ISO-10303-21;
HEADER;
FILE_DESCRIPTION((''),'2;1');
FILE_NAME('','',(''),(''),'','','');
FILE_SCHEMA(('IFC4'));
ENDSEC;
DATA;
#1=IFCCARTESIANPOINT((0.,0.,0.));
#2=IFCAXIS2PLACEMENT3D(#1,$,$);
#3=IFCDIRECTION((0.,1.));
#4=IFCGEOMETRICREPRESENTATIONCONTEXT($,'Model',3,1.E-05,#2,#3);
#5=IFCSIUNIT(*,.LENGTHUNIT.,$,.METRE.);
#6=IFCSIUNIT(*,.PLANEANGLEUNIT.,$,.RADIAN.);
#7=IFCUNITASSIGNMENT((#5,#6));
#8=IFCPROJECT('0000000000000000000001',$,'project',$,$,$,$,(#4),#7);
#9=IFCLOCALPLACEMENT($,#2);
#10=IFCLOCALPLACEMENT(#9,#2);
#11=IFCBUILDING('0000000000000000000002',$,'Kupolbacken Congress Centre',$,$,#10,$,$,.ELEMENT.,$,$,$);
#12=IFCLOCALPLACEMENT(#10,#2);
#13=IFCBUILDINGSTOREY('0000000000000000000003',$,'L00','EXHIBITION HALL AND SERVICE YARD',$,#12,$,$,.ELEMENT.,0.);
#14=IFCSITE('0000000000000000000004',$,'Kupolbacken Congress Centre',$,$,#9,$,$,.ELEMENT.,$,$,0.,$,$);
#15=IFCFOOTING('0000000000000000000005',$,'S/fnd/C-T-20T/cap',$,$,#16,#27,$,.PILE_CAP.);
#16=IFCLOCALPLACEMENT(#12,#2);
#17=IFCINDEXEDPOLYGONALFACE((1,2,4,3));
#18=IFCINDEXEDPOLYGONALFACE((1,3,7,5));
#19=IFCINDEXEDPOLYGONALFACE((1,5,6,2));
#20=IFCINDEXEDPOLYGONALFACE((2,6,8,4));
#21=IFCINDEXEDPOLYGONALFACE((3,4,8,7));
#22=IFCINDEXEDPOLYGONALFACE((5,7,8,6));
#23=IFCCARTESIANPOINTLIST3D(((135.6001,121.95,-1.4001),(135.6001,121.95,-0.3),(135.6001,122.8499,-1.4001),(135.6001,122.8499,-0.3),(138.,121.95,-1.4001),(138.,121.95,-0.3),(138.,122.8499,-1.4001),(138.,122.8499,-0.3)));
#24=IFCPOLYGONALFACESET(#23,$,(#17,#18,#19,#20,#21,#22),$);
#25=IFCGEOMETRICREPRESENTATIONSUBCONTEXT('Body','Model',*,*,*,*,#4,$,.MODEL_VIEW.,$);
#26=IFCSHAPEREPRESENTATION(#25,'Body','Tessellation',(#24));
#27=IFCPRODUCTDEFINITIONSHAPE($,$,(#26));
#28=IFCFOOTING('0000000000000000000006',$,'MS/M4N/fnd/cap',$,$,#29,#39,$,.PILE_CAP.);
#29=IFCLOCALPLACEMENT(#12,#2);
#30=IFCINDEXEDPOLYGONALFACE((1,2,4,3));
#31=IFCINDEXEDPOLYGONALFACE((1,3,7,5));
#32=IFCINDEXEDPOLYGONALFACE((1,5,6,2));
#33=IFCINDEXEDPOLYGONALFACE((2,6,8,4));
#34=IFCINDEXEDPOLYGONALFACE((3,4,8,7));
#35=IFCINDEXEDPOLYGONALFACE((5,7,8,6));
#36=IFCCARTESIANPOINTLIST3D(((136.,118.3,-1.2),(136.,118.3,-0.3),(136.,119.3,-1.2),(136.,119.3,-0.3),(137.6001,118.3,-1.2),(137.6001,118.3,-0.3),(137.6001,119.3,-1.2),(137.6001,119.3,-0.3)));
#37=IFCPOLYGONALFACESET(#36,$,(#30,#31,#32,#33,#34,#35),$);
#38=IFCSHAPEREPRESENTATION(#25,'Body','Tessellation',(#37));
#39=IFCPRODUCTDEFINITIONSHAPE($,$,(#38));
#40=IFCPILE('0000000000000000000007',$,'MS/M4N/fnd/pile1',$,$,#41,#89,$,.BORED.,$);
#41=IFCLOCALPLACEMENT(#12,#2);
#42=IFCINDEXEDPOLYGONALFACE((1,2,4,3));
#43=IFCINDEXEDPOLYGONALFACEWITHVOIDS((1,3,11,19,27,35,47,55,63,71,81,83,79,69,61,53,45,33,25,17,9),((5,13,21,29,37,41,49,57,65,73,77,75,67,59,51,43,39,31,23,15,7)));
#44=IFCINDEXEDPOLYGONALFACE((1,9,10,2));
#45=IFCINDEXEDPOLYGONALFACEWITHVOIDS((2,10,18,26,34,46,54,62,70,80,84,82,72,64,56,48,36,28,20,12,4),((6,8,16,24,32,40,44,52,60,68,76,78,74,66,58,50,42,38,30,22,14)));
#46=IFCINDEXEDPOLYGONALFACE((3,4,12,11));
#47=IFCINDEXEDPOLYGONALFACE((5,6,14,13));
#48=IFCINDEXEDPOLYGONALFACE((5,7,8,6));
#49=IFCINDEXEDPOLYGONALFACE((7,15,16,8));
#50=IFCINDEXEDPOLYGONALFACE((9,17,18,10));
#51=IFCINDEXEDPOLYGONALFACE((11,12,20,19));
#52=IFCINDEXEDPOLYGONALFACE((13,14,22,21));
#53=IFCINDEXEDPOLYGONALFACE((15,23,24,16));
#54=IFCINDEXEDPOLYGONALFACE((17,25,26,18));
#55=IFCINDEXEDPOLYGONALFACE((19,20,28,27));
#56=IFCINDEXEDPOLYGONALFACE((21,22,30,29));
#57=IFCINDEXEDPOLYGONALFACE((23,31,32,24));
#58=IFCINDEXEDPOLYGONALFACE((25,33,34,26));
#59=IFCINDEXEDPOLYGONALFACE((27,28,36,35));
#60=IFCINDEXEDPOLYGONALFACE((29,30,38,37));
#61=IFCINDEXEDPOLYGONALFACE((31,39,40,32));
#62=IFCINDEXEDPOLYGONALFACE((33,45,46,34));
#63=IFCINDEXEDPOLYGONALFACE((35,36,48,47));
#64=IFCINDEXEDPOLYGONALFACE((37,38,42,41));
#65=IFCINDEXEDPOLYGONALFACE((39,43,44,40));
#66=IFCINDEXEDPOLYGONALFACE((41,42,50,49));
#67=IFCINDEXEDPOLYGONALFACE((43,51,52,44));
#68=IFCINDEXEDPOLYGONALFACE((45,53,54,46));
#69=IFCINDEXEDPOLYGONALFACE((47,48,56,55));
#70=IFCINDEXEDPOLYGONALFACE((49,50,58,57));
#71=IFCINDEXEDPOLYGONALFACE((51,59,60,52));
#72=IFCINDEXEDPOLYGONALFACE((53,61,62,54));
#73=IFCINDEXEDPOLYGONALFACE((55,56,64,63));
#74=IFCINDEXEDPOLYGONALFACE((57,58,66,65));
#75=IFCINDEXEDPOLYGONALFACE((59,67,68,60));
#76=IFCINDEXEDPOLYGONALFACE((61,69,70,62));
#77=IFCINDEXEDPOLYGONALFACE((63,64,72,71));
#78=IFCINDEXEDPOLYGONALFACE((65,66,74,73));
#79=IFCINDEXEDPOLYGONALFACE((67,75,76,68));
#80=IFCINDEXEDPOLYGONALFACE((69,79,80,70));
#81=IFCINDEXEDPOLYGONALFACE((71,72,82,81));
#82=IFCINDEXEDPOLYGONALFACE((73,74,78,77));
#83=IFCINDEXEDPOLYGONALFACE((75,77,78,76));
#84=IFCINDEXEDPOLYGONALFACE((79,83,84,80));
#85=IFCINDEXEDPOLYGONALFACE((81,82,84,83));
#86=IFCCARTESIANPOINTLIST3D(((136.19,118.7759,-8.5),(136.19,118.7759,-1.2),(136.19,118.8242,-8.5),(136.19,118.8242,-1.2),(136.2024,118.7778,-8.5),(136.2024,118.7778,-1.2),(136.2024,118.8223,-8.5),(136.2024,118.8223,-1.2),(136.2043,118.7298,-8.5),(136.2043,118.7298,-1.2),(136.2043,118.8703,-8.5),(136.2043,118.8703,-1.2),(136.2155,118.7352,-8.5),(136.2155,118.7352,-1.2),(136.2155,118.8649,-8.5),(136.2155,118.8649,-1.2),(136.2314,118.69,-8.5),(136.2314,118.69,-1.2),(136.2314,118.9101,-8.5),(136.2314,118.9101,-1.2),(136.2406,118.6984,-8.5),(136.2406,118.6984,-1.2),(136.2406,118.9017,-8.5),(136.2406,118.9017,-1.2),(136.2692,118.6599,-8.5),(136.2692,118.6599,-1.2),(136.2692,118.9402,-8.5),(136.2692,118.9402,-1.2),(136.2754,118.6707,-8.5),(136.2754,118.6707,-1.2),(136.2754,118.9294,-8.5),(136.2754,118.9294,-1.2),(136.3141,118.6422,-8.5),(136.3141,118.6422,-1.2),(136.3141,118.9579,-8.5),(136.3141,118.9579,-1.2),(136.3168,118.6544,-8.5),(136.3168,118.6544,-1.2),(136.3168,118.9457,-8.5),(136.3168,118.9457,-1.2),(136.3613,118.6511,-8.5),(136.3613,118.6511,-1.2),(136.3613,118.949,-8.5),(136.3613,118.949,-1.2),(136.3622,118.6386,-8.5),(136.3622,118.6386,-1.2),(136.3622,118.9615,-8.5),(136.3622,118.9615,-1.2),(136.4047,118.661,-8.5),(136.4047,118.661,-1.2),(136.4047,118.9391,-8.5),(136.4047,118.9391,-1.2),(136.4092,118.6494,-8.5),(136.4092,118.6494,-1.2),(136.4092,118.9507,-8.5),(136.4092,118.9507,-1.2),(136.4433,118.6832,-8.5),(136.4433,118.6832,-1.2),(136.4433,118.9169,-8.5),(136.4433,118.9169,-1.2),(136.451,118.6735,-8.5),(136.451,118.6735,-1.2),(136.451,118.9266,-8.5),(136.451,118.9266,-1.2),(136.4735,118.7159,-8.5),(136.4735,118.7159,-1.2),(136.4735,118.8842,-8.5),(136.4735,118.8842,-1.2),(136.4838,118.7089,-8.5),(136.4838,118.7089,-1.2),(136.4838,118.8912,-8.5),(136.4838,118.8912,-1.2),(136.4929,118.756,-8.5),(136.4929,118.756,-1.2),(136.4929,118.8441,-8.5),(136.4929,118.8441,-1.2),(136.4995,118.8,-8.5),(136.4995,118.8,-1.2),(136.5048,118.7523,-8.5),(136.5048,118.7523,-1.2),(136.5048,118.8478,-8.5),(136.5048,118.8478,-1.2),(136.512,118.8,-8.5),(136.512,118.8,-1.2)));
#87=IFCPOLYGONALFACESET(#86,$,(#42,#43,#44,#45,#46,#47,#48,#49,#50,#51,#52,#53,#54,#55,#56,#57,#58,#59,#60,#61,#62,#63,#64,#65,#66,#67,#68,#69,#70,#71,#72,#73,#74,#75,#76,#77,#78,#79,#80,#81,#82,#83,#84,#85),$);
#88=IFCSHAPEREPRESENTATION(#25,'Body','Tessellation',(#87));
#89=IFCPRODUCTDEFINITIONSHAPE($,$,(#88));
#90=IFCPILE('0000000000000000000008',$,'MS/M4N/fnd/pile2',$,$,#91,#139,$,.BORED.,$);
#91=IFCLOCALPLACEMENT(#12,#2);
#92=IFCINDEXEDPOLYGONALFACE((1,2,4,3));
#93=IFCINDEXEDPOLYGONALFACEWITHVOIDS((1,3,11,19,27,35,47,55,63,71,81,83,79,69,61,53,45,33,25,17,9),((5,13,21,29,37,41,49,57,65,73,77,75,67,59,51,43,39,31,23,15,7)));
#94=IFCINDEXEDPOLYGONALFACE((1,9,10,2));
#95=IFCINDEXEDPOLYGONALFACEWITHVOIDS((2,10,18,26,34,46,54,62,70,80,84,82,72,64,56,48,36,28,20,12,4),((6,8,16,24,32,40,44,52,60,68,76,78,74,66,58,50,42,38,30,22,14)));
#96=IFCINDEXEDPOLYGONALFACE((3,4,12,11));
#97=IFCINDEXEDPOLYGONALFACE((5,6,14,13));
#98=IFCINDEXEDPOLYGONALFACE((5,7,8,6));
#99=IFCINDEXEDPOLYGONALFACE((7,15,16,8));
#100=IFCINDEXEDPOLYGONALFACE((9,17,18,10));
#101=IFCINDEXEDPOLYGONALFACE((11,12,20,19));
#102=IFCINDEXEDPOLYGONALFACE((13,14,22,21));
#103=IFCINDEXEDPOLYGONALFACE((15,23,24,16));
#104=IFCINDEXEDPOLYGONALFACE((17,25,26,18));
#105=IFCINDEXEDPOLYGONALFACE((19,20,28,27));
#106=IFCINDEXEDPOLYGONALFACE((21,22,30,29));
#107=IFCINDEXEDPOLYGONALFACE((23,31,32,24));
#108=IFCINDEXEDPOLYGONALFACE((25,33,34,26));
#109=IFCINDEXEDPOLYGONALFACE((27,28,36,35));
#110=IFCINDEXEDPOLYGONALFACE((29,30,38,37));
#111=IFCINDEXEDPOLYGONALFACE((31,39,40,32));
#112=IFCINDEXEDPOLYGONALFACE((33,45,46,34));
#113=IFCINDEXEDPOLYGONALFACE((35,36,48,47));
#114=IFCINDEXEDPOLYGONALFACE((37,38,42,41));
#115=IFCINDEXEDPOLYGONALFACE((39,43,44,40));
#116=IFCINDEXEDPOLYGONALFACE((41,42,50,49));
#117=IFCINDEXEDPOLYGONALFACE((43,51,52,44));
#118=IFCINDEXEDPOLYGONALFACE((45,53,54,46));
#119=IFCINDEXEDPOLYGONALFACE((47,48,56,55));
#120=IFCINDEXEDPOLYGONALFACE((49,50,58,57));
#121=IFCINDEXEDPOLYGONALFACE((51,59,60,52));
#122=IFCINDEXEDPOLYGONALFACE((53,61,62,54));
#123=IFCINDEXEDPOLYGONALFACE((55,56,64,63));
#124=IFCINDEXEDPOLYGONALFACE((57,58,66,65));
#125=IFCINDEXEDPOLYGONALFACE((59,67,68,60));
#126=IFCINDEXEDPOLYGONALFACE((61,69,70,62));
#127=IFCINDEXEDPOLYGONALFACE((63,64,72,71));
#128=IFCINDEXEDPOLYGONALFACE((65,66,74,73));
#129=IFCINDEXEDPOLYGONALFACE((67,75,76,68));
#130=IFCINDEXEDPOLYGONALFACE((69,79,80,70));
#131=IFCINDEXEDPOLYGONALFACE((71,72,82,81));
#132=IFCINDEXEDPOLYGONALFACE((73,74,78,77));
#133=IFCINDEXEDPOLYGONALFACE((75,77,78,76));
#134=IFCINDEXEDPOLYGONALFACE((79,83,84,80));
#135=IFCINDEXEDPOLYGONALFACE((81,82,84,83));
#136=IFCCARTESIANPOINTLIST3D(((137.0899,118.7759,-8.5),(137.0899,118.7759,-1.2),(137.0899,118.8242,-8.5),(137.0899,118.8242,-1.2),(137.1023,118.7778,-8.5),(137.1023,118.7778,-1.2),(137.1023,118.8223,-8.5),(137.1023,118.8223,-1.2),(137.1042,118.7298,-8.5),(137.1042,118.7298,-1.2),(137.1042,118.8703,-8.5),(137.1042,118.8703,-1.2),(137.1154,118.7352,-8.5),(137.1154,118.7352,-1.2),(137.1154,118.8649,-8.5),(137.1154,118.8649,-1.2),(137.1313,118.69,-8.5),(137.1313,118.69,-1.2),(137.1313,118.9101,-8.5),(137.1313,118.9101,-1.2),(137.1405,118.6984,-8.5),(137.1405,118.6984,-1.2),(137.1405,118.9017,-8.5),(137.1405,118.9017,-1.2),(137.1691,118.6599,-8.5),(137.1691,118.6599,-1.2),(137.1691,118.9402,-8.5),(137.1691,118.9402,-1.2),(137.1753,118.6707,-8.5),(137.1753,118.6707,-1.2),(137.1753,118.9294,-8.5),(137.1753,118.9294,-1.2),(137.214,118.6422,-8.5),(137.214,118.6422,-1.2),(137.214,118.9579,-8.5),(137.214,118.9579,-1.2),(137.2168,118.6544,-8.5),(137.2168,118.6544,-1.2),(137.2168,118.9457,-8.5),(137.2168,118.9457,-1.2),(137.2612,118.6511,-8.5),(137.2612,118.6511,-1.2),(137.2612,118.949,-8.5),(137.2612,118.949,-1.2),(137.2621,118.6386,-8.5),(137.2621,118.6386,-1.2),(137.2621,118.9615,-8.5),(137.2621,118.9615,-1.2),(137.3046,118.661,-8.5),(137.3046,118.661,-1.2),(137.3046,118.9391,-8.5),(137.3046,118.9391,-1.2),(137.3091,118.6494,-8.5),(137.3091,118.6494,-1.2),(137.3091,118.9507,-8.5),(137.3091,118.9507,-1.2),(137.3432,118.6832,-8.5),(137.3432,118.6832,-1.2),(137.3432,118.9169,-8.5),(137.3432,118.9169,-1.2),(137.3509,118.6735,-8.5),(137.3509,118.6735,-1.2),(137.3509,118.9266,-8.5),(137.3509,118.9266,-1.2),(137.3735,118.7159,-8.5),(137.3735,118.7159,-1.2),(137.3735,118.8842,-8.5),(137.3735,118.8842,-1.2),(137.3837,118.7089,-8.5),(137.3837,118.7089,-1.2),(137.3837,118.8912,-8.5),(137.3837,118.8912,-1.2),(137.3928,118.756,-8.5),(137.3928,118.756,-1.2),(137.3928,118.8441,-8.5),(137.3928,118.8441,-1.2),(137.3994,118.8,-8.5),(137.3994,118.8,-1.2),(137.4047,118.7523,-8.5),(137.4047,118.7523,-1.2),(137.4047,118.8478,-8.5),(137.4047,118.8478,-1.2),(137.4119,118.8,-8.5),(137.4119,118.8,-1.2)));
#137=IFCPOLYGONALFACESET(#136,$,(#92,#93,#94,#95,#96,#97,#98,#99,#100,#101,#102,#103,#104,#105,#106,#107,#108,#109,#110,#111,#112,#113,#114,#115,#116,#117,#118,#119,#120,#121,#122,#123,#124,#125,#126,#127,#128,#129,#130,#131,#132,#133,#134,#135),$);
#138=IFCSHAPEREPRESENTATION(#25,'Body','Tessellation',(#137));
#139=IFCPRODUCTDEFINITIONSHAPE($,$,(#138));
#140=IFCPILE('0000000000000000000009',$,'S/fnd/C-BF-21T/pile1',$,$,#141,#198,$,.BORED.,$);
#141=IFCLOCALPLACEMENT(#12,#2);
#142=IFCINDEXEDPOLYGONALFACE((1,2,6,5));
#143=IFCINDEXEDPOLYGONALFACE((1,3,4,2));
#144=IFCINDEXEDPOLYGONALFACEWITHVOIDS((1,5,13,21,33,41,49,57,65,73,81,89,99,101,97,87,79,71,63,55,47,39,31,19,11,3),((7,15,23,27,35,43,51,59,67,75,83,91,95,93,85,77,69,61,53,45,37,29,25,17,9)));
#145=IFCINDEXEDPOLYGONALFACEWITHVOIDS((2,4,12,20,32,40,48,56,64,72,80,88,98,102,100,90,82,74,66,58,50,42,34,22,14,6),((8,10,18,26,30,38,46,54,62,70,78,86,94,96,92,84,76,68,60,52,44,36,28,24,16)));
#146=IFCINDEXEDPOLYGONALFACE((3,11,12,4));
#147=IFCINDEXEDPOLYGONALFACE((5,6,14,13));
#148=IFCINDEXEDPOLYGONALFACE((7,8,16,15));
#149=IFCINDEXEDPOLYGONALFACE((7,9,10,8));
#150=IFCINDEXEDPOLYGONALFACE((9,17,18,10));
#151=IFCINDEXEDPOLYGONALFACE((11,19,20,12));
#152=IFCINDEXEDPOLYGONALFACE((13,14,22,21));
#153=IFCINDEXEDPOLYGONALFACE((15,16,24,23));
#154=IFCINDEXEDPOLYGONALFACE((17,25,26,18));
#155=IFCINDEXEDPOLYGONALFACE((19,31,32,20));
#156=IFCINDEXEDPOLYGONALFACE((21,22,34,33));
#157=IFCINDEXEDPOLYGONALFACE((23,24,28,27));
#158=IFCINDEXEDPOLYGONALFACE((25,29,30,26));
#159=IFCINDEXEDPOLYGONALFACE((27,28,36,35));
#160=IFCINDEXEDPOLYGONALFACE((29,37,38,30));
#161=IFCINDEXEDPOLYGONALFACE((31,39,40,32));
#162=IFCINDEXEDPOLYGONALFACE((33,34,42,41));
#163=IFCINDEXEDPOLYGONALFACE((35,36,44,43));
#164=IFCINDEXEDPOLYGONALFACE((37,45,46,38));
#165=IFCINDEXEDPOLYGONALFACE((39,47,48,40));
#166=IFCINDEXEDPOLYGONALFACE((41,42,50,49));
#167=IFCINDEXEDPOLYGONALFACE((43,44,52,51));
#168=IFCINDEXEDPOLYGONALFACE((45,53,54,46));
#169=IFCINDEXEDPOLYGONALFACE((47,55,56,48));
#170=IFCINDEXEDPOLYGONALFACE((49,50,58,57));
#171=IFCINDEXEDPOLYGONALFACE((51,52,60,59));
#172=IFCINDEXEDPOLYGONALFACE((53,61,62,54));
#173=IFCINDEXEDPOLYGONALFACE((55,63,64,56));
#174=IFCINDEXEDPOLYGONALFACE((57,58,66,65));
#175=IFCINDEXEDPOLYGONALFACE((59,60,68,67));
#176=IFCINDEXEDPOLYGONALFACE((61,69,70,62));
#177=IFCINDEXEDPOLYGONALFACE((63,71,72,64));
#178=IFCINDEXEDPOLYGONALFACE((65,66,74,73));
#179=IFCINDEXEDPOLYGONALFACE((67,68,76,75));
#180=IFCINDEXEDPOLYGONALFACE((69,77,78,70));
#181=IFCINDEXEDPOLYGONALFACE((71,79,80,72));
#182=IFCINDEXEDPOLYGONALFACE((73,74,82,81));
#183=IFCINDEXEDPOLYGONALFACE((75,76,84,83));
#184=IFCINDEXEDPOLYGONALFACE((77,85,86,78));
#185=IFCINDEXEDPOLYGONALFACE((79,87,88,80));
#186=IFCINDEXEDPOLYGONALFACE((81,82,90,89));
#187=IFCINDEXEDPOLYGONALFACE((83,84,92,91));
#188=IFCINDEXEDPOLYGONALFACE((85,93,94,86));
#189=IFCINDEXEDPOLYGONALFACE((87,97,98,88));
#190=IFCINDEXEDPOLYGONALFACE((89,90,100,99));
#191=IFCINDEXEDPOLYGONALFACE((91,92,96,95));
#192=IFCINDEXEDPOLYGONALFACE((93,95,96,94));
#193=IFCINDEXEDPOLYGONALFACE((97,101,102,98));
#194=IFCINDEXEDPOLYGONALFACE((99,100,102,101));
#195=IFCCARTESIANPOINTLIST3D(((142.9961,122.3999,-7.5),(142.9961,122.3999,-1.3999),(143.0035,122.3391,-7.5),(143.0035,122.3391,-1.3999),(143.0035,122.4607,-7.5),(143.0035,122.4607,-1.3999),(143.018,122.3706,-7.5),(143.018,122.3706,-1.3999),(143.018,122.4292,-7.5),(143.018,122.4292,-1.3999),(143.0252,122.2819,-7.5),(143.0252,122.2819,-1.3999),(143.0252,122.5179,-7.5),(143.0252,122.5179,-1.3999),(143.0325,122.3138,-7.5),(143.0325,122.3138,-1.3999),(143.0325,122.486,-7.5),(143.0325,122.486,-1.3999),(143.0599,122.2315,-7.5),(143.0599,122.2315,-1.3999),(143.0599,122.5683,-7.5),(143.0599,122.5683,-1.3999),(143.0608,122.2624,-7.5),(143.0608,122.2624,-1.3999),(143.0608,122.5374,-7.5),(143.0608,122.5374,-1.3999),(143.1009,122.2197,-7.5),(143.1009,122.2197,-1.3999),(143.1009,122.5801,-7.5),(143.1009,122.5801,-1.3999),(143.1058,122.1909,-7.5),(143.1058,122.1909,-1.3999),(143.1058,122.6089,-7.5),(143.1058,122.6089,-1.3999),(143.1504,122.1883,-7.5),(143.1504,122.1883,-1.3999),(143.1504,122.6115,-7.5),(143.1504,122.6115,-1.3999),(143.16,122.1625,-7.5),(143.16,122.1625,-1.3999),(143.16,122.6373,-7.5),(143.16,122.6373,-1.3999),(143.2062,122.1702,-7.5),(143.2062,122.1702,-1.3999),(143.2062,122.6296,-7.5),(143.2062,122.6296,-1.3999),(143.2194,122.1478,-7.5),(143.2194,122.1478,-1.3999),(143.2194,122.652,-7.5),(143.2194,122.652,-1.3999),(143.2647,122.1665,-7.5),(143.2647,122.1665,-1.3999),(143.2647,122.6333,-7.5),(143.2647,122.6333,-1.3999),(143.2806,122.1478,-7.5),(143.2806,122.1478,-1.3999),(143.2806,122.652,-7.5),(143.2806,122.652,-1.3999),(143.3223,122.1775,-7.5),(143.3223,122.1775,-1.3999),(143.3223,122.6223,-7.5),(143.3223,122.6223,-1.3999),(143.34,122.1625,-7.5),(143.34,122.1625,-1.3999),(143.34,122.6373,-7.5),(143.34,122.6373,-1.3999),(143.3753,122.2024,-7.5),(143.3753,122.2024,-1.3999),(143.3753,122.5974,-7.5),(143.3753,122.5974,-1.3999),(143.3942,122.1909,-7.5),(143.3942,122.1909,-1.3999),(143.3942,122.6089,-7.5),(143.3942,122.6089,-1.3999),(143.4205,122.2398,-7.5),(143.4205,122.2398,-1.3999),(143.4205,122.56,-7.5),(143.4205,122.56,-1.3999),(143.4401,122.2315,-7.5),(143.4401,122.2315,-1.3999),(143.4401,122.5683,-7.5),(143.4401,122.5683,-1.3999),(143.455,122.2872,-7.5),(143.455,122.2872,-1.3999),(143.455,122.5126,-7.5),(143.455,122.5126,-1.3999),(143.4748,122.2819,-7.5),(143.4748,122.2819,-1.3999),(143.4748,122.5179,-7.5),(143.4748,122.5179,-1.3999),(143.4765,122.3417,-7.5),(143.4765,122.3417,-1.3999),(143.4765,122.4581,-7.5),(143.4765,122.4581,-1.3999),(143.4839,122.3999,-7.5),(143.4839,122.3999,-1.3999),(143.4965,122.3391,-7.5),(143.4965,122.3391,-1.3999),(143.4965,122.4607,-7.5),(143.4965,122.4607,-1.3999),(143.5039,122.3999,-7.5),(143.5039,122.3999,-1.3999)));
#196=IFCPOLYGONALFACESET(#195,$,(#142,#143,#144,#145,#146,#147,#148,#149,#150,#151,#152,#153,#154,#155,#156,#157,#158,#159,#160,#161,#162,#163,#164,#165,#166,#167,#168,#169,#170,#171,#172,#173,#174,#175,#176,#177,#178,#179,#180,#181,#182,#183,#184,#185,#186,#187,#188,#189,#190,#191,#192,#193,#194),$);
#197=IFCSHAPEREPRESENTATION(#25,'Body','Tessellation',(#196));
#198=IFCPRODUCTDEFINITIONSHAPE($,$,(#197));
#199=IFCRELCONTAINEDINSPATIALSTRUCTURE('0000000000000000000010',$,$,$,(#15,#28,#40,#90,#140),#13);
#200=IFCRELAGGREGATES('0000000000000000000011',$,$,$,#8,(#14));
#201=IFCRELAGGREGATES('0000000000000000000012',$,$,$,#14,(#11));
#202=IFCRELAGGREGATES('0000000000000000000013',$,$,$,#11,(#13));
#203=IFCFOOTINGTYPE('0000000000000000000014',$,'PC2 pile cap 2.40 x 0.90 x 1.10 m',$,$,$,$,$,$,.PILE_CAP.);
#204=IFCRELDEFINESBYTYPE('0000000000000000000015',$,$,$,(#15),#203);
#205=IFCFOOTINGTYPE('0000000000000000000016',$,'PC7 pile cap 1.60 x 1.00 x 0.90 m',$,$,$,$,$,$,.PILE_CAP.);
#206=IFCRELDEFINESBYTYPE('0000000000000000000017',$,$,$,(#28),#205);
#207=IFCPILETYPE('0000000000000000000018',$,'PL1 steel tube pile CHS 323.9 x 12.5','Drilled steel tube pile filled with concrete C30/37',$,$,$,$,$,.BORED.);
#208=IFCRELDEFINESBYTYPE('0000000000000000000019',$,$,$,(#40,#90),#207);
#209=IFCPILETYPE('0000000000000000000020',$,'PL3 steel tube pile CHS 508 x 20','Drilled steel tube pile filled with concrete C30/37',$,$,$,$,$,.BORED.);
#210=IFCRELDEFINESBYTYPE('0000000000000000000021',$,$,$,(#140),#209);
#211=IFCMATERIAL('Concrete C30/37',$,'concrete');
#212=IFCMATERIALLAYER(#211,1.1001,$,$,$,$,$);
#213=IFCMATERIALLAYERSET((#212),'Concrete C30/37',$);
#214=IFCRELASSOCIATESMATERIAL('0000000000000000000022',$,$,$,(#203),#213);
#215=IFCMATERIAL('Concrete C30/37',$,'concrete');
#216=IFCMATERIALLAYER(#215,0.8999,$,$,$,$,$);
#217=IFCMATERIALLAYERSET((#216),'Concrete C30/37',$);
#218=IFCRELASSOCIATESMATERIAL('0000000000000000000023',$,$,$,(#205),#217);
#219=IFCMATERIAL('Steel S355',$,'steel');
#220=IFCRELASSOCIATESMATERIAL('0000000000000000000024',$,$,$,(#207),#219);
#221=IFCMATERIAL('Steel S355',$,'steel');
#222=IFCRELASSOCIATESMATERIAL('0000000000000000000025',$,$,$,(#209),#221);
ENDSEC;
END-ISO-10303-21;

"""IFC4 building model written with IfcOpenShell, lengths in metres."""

from ifc_helpers import new_model, si_unit, direction, frame, origin, origin_2d, place, context, subcontext, project, spatial, rectangle, hollow_circle, extrude, material, layer, layer_set, material_profile, profile_set, type_object, element, save


model = new_model("IFC4")

# Units and contexts
model_context = context("Model", 3, precision=1e-05, world=origin(), true_north=direction((0.0, 1.0)))
body_context = subcontext(model_context, "Body", "Model", "MODEL_VIEW")
ifc_project = project(units=[si_unit("LENGTHUNIT", "METRE"), si_unit("PLANEANGLEUNIT", "RADIAN")], contexts=[model_context])

# Site, building, storey
site_placement = place(None, origin())
site = spatial("IfcSite", under=ifc_project, at=site_placement, Name="Kupolbacken Congress Centre", CompositionType="ELEMENT", RefElevation=0.0)
building_placement = place(site_placement, origin())
building = spatial("IfcBuilding", under=site, at=building_placement, Name="Kupolbacken Congress Centre", CompositionType="ELEMENT")
storey_placement = place(building_placement, origin())
storey = spatial("IfcBuildingStorey", under=building, at=storey_placement, Name="L00", Description="EXHIBITION HALL AND SERVICE YARD", CompositionType="ELEMENT", Elevation=0.0)

# Footings
ifc_material_1 = material(Name="Concrete C30/37", Category="concrete")
ifc_layer_1 = layer(ifc_material_1, 1.1001)
ifc_layer_set_1 = layer_set([ifc_layer_1], Name="Concrete C30/37")
footing_type_1 = type_object("IfcFootingType", Name="PC2 pile cap 2.40 x 0.90 x 1.10 m", PredefinedType="PILE_CAP", material=ifc_layer_set_1)
footing_1_placement = place(storey_placement, frame((136.8, 122.3999, -1.4001), z_axis=(0.0, 0.0, 1.0), x_axis=(1.0, 0.0, 0.0)))
element("IfcFooting", 1, at=footing_1_placement, inside=storey, type_object=footing_type_1, Name="S/fnd/C-T-20T/cap", PredefinedType="PILE_CAP", context=body_context, shape_type="SweptSolid", body=[
    extrude(rectangle(XDim=2.3999, YDim=0.8999, at=origin_2d()), origin(), (0.0, 0.0, 1.0), 1.1001),
])
ifc_material_2 = material(Name="Concrete C30/37", Category="concrete")
ifc_layer_2 = layer(ifc_material_2, 0.8999)
ifc_layer_set_2 = layer_set([ifc_layer_2], Name="Concrete C30/37")
footing_type_2 = type_object("IfcFootingType", Name="PC7 pile cap 1.60 x 1.00 x 0.90 m", PredefinedType="PILE_CAP", material=ifc_layer_set_2)
footing_2_placement = place(storey_placement, frame((136.8, 118.8, -1.2), z_axis=(0.0, 0.0, 1.0), x_axis=(1.0, 0.0, 0.0)))
element("IfcFooting", 2, at=footing_2_placement, inside=storey, type_object=footing_type_2, Name="MS/M4N/fnd/cap", PredefinedType="PILE_CAP", context=body_context, shape_type="SweptSolid", body=[
    extrude(rectangle(XDim=1.6001, YDim=1.0, at=origin_2d()), origin(), (0.0, 0.0, 1.0), 0.8999),
])

# Piles
ifc_material_3 = material(Name="Steel S355", Category="steel")
ifc_material_profile_1 = material_profile(ifc_material_3, hollow_circle(Radius=0.1619, WallThickness=0.0125, at=origin_2d()), Name="CHS 323.9 x 12.5")
ifc_profile_set_1 = profile_set([ifc_material_profile_1], Name="Steel S355")
pile_type_1 = type_object("IfcPileType", Name="PL1 steel tube pile CHS 323.9 x 12.5", Description="Drilled steel tube pile filled with concrete C30/37", PredefinedType="BORED", material=ifc_profile_set_1)
for number, where, z_axis, x_axis, name in (
    (3, (136.3501, 118.8, -1.2), (0.0, 0.0, -1.0), (1.0, 0.0, 0.0), "MS/M4N/fnd/pile1"),
    (4, (137.25, 118.8, -1.2), (0.0, 0.0, -1.0), (1.0, 0.0, 0.0), "MS/M4N/fnd/pile2"),
):
    element("IfcPile", number, at=place(storey_placement, frame(where, z_axis=z_axis, x_axis=x_axis)), inside=storey, type_object=pile_type_1, Name=name, PredefinedType="BORED", context=body_context, shape_type="SweptSolid", body=[
        extrude(hollow_circle(Radius=0.1619, WallThickness=0.0125, at=origin_2d()), origin(), (0.0, 0.0, 1.0), 7.3),
    ])
ifc_material_4 = material(Name="Steel S355", Category="steel")
ifc_material_profile_2 = material_profile(ifc_material_4, hollow_circle(Radius=0.2539, WallThickness=0.02, at=origin_2d()), Name="CHS 508 x 20")
ifc_profile_set_2 = profile_set([ifc_material_profile_2], Name="Steel S355")
pile_type_2 = type_object("IfcPileType", Name="PL3 steel tube pile CHS 508 x 20", Description="Drilled steel tube pile filled with concrete C30/37", PredefinedType="BORED", material=ifc_profile_set_2)
pile_placement = place(storey_placement, frame((143.25, 122.3999, -1.3999), z_axis=(0.0, 0.0, -1.0), x_axis=(1.0, 0.0, 0.0)))
element("IfcPile", 5, at=pile_placement, inside=storey, type_object=pile_type_2, Name="S/fnd/C-BF-21T/pile1", PredefinedType="BORED", context=body_context, shape_type="SweptSolid", body=[
    extrude(hollow_circle(Radius=0.2539, WallThickness=0.02, at=origin_2d()), origin(), (0.0, 0.0, 1.0), 6.1001),
])

save(model, "model.ifc")
